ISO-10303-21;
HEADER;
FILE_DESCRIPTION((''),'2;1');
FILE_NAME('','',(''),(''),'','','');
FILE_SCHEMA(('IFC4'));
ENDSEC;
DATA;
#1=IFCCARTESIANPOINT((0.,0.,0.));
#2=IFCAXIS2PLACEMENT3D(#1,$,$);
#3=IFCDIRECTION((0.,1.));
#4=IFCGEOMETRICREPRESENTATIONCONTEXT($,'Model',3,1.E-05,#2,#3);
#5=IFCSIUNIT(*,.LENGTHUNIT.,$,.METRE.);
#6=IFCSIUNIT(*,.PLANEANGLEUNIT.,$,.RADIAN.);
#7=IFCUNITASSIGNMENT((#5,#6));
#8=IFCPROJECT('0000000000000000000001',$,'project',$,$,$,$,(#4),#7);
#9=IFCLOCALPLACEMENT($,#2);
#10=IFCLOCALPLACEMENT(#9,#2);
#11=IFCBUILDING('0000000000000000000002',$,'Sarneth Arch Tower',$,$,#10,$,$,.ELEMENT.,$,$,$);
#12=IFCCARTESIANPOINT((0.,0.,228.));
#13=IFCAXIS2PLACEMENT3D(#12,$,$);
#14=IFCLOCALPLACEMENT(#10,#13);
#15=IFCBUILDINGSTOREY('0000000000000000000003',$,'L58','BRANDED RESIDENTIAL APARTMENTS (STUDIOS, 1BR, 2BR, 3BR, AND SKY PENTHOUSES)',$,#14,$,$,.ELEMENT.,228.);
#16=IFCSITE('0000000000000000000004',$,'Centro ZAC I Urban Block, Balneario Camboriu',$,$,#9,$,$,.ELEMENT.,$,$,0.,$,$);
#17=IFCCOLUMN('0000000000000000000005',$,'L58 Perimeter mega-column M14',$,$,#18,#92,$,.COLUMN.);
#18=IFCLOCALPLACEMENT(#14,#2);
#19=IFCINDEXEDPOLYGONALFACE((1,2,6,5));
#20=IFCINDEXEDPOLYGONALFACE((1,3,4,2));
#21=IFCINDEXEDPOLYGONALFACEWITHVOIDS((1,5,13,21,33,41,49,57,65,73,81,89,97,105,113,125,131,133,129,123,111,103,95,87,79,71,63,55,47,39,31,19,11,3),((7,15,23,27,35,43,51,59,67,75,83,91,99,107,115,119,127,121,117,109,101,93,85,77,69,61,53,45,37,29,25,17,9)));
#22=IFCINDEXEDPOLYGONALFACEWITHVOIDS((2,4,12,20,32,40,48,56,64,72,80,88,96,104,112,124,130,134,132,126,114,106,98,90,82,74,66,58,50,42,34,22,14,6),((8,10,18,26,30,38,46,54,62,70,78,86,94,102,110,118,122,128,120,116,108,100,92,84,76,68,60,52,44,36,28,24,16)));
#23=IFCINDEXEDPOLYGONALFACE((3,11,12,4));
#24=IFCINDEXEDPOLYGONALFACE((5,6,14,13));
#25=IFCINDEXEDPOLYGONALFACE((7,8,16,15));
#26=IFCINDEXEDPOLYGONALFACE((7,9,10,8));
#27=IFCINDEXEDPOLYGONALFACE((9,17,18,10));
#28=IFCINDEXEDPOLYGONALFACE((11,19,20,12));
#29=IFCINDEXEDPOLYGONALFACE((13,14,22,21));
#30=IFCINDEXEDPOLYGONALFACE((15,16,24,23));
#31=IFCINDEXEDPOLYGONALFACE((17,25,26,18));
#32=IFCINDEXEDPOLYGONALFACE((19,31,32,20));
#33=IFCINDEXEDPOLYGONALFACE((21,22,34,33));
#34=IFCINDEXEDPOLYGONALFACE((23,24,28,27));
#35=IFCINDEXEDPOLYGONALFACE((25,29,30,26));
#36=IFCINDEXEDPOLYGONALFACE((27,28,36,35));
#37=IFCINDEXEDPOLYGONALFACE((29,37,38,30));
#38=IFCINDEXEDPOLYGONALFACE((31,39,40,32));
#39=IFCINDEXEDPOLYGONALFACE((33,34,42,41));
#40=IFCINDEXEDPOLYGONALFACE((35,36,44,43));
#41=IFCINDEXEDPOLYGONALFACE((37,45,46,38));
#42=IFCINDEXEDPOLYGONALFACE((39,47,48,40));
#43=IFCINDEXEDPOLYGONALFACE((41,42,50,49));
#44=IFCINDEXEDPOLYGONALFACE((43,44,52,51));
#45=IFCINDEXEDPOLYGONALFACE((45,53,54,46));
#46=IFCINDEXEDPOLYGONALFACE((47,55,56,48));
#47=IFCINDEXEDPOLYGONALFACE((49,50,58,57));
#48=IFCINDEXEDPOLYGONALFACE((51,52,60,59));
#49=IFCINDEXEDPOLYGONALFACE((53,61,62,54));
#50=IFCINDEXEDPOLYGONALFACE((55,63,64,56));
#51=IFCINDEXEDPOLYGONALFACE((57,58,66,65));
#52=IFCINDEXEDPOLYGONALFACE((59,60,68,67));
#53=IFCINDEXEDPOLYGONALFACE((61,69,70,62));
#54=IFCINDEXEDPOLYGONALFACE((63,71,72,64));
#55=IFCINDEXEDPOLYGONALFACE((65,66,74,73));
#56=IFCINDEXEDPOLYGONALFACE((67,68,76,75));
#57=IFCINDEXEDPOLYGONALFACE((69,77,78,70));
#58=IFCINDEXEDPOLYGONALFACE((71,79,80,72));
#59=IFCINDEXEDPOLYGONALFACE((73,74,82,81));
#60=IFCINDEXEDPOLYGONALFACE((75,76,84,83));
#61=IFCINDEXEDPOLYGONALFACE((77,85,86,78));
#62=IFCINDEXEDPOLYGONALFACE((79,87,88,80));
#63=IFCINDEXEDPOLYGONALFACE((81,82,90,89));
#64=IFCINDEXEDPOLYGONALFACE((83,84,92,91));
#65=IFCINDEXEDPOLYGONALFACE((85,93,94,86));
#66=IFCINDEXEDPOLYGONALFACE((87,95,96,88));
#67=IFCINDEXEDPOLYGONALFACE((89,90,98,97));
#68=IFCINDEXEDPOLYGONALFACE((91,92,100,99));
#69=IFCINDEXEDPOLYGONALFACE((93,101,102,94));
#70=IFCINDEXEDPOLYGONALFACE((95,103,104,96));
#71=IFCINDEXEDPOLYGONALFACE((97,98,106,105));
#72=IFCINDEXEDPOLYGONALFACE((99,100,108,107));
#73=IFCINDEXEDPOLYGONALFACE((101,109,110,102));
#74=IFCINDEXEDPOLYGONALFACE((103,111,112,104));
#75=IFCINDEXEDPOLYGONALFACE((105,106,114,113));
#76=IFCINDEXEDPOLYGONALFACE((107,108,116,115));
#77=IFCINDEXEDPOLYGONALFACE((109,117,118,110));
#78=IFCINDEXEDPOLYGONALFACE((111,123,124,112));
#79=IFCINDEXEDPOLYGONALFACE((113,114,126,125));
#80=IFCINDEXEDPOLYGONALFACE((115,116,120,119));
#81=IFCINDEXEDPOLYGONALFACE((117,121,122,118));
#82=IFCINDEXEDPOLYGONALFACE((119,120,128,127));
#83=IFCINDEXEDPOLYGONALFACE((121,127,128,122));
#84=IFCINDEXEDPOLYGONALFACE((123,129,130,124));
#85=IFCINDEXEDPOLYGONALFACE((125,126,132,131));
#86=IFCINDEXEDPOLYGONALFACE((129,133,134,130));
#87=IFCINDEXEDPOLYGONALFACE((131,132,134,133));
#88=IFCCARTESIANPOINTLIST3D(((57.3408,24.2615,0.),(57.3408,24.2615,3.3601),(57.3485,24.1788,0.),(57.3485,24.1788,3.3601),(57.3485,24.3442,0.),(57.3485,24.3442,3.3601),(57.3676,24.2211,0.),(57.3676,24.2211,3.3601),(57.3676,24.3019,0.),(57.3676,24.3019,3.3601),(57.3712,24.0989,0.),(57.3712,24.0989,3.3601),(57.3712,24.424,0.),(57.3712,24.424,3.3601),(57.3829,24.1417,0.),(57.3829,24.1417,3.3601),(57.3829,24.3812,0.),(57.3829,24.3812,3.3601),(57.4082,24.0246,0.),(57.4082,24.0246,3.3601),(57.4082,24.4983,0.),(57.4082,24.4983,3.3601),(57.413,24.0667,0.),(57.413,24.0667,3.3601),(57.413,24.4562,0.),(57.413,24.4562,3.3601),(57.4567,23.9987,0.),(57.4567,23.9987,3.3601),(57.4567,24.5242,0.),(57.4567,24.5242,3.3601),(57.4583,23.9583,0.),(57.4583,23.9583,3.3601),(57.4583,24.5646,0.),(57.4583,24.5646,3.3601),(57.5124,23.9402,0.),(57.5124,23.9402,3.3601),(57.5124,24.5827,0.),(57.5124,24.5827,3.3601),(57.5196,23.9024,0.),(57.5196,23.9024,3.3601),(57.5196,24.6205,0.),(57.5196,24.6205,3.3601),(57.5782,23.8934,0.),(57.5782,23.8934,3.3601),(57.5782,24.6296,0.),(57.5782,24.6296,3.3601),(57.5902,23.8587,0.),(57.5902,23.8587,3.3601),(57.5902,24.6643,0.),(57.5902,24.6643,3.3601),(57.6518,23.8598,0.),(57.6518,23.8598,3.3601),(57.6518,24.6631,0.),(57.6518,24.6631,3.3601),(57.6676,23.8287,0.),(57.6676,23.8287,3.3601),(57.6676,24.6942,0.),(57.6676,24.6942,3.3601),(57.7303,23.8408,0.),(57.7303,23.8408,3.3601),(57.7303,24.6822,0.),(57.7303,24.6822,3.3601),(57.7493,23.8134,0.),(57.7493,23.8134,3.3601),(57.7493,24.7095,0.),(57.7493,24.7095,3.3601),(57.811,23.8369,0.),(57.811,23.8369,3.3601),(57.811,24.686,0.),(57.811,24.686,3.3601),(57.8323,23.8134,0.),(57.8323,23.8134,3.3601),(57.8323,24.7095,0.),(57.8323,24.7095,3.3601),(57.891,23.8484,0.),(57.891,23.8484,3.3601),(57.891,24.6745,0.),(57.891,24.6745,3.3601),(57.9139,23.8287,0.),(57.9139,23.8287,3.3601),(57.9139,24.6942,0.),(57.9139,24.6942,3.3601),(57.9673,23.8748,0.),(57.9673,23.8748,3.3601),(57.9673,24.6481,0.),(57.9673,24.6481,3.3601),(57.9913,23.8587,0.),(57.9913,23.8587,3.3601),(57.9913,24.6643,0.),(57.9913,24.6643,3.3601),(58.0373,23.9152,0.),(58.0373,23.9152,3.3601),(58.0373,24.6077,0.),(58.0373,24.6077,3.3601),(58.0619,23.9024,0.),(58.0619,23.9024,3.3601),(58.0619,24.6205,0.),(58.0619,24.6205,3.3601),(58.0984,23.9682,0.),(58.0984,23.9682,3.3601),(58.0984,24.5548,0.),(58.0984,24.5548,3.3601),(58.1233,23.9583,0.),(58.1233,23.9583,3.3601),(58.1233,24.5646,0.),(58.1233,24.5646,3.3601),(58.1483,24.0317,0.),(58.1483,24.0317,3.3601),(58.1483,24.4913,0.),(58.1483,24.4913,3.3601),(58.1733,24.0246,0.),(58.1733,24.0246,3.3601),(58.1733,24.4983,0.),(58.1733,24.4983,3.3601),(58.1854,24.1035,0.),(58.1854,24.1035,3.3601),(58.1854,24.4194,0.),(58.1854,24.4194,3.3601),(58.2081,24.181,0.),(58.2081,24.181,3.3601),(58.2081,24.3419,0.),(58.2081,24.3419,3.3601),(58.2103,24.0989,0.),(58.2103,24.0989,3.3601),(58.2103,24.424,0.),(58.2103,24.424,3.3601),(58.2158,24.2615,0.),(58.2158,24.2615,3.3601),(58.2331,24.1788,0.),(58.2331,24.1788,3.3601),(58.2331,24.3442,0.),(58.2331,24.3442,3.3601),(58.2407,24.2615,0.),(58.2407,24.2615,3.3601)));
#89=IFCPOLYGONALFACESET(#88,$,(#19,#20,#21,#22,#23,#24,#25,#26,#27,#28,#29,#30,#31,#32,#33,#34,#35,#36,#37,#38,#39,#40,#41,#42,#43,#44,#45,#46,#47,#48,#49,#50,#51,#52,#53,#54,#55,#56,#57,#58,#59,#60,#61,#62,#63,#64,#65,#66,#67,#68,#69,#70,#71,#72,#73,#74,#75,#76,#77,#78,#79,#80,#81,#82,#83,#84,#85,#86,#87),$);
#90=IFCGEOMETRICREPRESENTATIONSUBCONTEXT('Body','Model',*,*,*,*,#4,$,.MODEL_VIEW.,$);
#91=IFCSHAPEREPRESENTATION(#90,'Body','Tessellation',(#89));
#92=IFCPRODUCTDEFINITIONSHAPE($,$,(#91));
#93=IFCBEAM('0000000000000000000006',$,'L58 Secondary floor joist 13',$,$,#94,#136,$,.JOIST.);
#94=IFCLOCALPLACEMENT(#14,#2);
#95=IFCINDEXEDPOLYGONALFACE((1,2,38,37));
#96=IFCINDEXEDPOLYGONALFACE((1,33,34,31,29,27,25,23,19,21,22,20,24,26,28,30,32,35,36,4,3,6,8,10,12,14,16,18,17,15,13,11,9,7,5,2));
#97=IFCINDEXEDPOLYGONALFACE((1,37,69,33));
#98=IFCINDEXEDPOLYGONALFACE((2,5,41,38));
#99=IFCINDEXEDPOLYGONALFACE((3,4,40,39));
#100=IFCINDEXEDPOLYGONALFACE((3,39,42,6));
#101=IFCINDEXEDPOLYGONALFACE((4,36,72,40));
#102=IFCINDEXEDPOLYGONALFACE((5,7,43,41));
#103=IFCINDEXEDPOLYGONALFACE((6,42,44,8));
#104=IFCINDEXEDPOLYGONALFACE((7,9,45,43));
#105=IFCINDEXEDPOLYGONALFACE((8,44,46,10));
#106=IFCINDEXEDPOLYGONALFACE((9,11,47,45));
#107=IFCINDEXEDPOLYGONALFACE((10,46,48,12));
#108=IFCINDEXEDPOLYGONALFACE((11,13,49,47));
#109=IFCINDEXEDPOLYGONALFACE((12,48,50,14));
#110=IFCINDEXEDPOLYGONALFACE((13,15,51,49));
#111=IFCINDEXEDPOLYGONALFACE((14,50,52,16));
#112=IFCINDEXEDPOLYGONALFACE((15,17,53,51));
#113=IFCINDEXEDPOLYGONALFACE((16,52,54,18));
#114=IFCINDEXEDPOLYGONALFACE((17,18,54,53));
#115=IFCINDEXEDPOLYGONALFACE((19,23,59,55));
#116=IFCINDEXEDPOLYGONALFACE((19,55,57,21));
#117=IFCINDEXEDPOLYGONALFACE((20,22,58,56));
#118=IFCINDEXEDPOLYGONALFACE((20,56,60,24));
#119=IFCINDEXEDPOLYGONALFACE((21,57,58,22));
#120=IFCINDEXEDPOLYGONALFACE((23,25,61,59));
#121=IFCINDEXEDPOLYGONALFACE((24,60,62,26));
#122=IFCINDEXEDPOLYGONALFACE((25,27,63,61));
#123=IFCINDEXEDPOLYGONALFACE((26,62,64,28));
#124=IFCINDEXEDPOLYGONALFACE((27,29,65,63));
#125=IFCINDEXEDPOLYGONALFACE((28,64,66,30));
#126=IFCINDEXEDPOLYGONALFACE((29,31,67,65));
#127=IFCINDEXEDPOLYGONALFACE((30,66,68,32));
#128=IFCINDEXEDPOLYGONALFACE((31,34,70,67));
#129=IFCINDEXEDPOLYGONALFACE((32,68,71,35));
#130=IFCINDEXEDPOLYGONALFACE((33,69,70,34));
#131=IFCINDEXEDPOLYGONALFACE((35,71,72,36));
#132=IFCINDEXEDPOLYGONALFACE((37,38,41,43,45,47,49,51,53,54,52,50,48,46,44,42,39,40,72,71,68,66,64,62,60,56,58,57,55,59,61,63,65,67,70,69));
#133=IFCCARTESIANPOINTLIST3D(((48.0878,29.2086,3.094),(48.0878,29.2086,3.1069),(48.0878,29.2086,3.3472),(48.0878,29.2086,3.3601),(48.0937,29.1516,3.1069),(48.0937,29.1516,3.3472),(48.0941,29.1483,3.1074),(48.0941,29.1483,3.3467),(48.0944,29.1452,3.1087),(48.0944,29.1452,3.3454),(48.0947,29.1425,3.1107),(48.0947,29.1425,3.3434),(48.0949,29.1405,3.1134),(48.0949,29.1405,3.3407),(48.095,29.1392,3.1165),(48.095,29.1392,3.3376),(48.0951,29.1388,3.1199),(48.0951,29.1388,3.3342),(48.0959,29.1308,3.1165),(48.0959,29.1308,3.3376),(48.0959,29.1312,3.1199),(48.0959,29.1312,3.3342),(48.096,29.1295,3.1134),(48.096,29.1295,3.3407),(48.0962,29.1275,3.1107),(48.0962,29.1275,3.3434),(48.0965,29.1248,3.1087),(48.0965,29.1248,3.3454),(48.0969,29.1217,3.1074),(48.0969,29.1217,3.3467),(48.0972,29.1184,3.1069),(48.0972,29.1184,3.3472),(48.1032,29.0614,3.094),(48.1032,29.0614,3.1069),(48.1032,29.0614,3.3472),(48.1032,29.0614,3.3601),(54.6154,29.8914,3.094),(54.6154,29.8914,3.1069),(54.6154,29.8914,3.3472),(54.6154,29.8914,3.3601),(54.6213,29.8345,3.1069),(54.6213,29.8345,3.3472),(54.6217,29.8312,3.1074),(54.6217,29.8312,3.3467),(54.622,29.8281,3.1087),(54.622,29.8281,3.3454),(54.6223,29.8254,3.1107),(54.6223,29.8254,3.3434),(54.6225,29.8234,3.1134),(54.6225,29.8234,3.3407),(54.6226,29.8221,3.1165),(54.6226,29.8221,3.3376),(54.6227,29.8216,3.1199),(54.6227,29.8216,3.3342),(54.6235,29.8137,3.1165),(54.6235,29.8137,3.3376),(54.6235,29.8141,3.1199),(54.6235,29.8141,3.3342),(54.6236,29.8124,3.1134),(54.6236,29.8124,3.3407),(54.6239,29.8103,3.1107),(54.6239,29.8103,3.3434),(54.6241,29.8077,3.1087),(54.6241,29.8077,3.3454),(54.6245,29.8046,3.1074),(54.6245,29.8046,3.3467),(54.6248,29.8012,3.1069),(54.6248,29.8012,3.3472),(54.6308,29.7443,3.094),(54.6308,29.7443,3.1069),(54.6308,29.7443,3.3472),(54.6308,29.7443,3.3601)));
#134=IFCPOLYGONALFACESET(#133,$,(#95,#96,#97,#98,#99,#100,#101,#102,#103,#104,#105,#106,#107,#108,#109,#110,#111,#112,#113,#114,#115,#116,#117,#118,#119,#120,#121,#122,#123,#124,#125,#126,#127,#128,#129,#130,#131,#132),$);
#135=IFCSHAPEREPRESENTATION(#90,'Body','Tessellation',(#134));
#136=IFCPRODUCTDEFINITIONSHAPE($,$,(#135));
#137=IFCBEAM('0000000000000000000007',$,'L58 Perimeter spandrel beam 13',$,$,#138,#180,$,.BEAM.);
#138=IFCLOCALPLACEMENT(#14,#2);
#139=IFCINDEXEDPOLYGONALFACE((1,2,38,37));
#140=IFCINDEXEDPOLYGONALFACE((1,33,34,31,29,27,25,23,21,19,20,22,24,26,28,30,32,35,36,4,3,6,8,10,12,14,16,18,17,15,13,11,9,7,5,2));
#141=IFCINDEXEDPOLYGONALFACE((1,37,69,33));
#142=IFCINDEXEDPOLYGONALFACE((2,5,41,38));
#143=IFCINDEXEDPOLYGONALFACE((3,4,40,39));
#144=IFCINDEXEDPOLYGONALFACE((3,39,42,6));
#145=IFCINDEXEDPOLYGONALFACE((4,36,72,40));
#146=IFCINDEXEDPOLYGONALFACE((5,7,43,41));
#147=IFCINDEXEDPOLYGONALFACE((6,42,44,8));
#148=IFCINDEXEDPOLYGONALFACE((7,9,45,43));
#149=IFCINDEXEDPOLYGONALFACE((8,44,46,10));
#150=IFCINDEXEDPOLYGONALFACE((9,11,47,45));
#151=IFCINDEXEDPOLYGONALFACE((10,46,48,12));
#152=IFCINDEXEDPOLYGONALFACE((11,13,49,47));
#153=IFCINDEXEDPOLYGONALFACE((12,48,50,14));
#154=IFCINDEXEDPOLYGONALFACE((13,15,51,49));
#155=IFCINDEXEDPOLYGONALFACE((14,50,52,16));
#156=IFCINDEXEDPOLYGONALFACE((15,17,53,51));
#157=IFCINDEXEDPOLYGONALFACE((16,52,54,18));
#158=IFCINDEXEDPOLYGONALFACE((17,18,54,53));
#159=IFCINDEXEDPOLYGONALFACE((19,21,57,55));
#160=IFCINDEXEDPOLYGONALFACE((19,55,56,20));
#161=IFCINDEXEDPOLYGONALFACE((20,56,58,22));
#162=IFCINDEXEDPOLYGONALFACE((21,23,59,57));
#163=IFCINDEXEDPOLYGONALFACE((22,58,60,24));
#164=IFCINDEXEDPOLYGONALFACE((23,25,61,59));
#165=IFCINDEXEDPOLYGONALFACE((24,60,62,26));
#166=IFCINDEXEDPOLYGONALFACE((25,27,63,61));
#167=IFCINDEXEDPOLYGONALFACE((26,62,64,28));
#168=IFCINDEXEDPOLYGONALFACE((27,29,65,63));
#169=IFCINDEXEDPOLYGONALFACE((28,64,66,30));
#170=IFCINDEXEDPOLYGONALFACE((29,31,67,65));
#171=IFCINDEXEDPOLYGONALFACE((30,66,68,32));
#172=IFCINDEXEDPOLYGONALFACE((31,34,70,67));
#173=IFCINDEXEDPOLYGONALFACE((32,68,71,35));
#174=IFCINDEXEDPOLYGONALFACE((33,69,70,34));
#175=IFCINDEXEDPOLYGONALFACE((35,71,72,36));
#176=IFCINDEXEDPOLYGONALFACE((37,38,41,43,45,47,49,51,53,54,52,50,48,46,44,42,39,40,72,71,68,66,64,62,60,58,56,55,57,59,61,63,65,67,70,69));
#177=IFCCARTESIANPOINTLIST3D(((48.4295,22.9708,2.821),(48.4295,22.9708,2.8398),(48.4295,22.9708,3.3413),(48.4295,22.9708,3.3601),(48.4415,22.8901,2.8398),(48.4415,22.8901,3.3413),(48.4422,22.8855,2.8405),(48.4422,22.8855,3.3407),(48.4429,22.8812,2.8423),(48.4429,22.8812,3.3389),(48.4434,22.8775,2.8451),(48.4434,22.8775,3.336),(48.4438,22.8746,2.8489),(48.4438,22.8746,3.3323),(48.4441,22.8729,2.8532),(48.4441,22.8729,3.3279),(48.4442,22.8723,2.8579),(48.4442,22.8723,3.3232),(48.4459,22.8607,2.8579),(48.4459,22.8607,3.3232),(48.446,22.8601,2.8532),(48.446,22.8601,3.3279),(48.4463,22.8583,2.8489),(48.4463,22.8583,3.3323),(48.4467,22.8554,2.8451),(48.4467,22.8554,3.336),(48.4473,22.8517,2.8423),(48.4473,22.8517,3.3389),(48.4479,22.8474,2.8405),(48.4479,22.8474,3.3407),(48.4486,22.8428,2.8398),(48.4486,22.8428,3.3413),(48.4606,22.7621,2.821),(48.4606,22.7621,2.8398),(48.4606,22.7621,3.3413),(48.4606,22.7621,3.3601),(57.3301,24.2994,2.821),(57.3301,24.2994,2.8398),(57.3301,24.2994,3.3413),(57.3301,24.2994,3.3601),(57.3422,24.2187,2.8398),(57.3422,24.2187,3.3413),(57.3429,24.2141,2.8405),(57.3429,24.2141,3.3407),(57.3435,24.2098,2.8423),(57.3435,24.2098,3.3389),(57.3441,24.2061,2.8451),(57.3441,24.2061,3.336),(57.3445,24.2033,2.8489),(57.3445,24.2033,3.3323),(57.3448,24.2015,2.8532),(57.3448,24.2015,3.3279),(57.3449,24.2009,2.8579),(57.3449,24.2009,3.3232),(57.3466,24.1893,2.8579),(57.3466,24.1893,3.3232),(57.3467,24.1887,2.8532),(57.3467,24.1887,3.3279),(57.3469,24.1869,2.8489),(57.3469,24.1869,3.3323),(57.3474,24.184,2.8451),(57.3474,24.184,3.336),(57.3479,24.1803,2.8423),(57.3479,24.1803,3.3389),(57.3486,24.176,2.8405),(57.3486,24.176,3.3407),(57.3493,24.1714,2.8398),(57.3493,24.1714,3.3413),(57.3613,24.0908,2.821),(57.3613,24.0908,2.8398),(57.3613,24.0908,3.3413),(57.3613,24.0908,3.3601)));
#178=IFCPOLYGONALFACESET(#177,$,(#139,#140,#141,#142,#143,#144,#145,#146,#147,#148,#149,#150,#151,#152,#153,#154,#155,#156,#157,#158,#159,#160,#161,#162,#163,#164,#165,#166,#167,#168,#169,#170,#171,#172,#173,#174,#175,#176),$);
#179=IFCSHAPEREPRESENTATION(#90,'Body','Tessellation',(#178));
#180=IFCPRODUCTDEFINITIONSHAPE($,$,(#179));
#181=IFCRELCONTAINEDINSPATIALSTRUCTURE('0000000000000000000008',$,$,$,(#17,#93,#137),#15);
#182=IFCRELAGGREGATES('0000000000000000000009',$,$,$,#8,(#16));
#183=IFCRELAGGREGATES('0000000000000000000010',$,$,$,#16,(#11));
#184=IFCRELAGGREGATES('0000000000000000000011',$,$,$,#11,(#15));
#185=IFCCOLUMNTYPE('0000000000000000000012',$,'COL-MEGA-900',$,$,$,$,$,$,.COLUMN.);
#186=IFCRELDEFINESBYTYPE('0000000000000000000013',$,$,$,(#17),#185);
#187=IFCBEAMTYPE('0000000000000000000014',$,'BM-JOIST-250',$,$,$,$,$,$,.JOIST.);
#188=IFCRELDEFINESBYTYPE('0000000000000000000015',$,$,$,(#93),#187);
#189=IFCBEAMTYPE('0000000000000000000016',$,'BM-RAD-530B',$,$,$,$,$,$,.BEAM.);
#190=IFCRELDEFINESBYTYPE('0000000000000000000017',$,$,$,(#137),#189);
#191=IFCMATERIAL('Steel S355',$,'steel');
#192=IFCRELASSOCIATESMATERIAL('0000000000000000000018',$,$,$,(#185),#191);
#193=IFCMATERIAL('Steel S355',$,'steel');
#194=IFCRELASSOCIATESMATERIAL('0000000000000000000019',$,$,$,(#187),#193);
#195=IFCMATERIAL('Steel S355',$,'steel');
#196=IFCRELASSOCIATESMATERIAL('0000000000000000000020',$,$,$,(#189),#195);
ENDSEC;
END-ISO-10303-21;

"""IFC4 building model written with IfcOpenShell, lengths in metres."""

from ifc_helpers import new_model, si_unit, direction, frame, origin, origin_2d, place, context, subcontext, project, spatial, hollow_circle, i_section, extrude, material, material_profile, profile_set, type_object, element, save


model = new_model("IFC4")

# Units and contexts
model_context = context("Model", 3, precision=1e-05, world=origin(), true_north=direction((0.0, 1.0)))
body_context = subcontext(model_context, "Body", "Model", "MODEL_VIEW")
ifc_project = project(units=[si_unit("LENGTHUNIT", "METRE"), si_unit("PLANEANGLEUNIT", "RADIAN")], contexts=[model_context])

# Site, building, storey
site_placement = place(None, origin())
site = spatial("IfcSite", under=ifc_project, at=site_placement, Name="Centro ZAC I Urban Block, Balneario Camboriu", CompositionType="ELEMENT", RefElevation=0.0)
building_placement = place(site_placement, origin())
building = spatial("IfcBuilding", under=site, at=building_placement, Name="Sarneth Arch Tower", CompositionType="ELEMENT")
storey_placement = place(building_placement, frame((0.0, 0.0, 228.0)))
storey = spatial("IfcBuildingStorey", under=building, at=storey_placement, Name="L58", Description="BRANDED RESIDENTIAL APARTMENTS (STUDIOS, 1BR, 2BR, 3BR, AND SKY PENTHOUSES)", CompositionType="ELEMENT", Elevation=228.0)

# Column
ifc_material_1 = material(Name="Steel S355", Category="steel")
ifc_material_profile_1 = material_profile(ifc_material_1, hollow_circle(Radius=0.45, WallThickness=0.0249, at=origin_2d()), Name="CHS900x25")
ifc_profile_set_1 = profile_set([ifc_material_profile_1], Name="Steel S355")
column_type = type_object("IfcColumnType", Name="COL-MEGA-900", PredefinedType="COLUMN", material=ifc_profile_set_1)
column_placement = place(storey_placement, frame((57.7908, 24.2615, 0.0), z_axis=(0.0, 0.0, 1.0), x_axis=(1.0, 0.0, 0.0)))
element("IfcColumn", 1, at=column_placement, inside=storey, type_object=column_type, Name="L58 Perimeter mega-column M14", PredefinedType="COLUMN", context=body_context, shape_type="SweptSolid", body=[
    extrude(hollow_circle(Radius=0.45, WallThickness=0.0249, at=origin_2d()), origin(), (0.0, 0.0, 1.0), 3.3601),
])

# Beams
ifc_material_2 = material(Name="Steel S355", Category="steel")
ifc_material_profile_2 = material_profile(ifc_material_2, i_section(OverallWidth=0.1479, OverallDepth=0.2661, WebThickness=0.0076, FlangeThickness=0.0129, FilletRadius=0.0129, at=origin_2d()), Name="W250x44.8")
ifc_profile_set_2 = profile_set([ifc_material_profile_2], Name="Steel S355")
beam_type_1 = type_object("IfcBeamType", Name="BM-JOIST-250", PredefinedType="JOIST", material=ifc_profile_set_2)
beam_1_placement = place(storey_placement, frame((48.0955, 29.135, 3.2271), z_axis=(0.994573, 0.104044, 0.0), x_axis=(-0.104044, 0.994573, 0.0)))
element("IfcBeam", 2, at=beam_1_placement, inside=storey, type_object=beam_type_1, Name="L58 Secondary floor joist 13", PredefinedType="JOIST", context=body_context, shape_type="SweptSolid", body=[
    extrude(i_section(OverallWidth=0.1479, OverallDepth=0.2661, WebThickness=0.0076, FlangeThickness=0.0129, FilletRadius=0.0129, at=origin_2d()), origin(), (0.0, 0.0, 1.0), 6.5632),
])
ifc_material_3 = material(Name="Steel S355", Category="steel")
ifc_material_profile_3 = material_profile(ifc_material_3, i_section(OverallWidth=0.2109, OverallDepth=0.5391, WebThickness=0.0117, FlangeThickness=0.0188, FilletRadius=0.0181, at=origin_2d()), Name="W530x109")
ifc_profile_set_3 = profile_set([ifc_material_profile_3], Name="Steel S355")
beam_type_2 = type_object("IfcBeamType", Name="BM-RAD-530B", PredefinedType="BEAM", material=ifc_profile_set_3)
beam_2_placement = place(storey_placement, frame((48.4451, 22.8665, 3.0906), z_axis=(0.989042, 0.147636, 0.0), x_axis=(-0.147636, 0.989042, 0.0)))
element("IfcBeam", 3, at=beam_2_placement, inside=storey, type_object=beam_type_2, Name="L58 Perimeter spandrel beam 13", PredefinedType="BEAM", context=body_context, shape_type="SweptSolid", body=[
    extrude(i_section(OverallWidth=0.2109, OverallDepth=0.5391, WebThickness=0.0117, FlangeThickness=0.0188, FilletRadius=0.0181, at=origin_2d()), origin(), (0.0, 0.0, 1.0), 8.9993),
])

save(model, "model.ifc")
